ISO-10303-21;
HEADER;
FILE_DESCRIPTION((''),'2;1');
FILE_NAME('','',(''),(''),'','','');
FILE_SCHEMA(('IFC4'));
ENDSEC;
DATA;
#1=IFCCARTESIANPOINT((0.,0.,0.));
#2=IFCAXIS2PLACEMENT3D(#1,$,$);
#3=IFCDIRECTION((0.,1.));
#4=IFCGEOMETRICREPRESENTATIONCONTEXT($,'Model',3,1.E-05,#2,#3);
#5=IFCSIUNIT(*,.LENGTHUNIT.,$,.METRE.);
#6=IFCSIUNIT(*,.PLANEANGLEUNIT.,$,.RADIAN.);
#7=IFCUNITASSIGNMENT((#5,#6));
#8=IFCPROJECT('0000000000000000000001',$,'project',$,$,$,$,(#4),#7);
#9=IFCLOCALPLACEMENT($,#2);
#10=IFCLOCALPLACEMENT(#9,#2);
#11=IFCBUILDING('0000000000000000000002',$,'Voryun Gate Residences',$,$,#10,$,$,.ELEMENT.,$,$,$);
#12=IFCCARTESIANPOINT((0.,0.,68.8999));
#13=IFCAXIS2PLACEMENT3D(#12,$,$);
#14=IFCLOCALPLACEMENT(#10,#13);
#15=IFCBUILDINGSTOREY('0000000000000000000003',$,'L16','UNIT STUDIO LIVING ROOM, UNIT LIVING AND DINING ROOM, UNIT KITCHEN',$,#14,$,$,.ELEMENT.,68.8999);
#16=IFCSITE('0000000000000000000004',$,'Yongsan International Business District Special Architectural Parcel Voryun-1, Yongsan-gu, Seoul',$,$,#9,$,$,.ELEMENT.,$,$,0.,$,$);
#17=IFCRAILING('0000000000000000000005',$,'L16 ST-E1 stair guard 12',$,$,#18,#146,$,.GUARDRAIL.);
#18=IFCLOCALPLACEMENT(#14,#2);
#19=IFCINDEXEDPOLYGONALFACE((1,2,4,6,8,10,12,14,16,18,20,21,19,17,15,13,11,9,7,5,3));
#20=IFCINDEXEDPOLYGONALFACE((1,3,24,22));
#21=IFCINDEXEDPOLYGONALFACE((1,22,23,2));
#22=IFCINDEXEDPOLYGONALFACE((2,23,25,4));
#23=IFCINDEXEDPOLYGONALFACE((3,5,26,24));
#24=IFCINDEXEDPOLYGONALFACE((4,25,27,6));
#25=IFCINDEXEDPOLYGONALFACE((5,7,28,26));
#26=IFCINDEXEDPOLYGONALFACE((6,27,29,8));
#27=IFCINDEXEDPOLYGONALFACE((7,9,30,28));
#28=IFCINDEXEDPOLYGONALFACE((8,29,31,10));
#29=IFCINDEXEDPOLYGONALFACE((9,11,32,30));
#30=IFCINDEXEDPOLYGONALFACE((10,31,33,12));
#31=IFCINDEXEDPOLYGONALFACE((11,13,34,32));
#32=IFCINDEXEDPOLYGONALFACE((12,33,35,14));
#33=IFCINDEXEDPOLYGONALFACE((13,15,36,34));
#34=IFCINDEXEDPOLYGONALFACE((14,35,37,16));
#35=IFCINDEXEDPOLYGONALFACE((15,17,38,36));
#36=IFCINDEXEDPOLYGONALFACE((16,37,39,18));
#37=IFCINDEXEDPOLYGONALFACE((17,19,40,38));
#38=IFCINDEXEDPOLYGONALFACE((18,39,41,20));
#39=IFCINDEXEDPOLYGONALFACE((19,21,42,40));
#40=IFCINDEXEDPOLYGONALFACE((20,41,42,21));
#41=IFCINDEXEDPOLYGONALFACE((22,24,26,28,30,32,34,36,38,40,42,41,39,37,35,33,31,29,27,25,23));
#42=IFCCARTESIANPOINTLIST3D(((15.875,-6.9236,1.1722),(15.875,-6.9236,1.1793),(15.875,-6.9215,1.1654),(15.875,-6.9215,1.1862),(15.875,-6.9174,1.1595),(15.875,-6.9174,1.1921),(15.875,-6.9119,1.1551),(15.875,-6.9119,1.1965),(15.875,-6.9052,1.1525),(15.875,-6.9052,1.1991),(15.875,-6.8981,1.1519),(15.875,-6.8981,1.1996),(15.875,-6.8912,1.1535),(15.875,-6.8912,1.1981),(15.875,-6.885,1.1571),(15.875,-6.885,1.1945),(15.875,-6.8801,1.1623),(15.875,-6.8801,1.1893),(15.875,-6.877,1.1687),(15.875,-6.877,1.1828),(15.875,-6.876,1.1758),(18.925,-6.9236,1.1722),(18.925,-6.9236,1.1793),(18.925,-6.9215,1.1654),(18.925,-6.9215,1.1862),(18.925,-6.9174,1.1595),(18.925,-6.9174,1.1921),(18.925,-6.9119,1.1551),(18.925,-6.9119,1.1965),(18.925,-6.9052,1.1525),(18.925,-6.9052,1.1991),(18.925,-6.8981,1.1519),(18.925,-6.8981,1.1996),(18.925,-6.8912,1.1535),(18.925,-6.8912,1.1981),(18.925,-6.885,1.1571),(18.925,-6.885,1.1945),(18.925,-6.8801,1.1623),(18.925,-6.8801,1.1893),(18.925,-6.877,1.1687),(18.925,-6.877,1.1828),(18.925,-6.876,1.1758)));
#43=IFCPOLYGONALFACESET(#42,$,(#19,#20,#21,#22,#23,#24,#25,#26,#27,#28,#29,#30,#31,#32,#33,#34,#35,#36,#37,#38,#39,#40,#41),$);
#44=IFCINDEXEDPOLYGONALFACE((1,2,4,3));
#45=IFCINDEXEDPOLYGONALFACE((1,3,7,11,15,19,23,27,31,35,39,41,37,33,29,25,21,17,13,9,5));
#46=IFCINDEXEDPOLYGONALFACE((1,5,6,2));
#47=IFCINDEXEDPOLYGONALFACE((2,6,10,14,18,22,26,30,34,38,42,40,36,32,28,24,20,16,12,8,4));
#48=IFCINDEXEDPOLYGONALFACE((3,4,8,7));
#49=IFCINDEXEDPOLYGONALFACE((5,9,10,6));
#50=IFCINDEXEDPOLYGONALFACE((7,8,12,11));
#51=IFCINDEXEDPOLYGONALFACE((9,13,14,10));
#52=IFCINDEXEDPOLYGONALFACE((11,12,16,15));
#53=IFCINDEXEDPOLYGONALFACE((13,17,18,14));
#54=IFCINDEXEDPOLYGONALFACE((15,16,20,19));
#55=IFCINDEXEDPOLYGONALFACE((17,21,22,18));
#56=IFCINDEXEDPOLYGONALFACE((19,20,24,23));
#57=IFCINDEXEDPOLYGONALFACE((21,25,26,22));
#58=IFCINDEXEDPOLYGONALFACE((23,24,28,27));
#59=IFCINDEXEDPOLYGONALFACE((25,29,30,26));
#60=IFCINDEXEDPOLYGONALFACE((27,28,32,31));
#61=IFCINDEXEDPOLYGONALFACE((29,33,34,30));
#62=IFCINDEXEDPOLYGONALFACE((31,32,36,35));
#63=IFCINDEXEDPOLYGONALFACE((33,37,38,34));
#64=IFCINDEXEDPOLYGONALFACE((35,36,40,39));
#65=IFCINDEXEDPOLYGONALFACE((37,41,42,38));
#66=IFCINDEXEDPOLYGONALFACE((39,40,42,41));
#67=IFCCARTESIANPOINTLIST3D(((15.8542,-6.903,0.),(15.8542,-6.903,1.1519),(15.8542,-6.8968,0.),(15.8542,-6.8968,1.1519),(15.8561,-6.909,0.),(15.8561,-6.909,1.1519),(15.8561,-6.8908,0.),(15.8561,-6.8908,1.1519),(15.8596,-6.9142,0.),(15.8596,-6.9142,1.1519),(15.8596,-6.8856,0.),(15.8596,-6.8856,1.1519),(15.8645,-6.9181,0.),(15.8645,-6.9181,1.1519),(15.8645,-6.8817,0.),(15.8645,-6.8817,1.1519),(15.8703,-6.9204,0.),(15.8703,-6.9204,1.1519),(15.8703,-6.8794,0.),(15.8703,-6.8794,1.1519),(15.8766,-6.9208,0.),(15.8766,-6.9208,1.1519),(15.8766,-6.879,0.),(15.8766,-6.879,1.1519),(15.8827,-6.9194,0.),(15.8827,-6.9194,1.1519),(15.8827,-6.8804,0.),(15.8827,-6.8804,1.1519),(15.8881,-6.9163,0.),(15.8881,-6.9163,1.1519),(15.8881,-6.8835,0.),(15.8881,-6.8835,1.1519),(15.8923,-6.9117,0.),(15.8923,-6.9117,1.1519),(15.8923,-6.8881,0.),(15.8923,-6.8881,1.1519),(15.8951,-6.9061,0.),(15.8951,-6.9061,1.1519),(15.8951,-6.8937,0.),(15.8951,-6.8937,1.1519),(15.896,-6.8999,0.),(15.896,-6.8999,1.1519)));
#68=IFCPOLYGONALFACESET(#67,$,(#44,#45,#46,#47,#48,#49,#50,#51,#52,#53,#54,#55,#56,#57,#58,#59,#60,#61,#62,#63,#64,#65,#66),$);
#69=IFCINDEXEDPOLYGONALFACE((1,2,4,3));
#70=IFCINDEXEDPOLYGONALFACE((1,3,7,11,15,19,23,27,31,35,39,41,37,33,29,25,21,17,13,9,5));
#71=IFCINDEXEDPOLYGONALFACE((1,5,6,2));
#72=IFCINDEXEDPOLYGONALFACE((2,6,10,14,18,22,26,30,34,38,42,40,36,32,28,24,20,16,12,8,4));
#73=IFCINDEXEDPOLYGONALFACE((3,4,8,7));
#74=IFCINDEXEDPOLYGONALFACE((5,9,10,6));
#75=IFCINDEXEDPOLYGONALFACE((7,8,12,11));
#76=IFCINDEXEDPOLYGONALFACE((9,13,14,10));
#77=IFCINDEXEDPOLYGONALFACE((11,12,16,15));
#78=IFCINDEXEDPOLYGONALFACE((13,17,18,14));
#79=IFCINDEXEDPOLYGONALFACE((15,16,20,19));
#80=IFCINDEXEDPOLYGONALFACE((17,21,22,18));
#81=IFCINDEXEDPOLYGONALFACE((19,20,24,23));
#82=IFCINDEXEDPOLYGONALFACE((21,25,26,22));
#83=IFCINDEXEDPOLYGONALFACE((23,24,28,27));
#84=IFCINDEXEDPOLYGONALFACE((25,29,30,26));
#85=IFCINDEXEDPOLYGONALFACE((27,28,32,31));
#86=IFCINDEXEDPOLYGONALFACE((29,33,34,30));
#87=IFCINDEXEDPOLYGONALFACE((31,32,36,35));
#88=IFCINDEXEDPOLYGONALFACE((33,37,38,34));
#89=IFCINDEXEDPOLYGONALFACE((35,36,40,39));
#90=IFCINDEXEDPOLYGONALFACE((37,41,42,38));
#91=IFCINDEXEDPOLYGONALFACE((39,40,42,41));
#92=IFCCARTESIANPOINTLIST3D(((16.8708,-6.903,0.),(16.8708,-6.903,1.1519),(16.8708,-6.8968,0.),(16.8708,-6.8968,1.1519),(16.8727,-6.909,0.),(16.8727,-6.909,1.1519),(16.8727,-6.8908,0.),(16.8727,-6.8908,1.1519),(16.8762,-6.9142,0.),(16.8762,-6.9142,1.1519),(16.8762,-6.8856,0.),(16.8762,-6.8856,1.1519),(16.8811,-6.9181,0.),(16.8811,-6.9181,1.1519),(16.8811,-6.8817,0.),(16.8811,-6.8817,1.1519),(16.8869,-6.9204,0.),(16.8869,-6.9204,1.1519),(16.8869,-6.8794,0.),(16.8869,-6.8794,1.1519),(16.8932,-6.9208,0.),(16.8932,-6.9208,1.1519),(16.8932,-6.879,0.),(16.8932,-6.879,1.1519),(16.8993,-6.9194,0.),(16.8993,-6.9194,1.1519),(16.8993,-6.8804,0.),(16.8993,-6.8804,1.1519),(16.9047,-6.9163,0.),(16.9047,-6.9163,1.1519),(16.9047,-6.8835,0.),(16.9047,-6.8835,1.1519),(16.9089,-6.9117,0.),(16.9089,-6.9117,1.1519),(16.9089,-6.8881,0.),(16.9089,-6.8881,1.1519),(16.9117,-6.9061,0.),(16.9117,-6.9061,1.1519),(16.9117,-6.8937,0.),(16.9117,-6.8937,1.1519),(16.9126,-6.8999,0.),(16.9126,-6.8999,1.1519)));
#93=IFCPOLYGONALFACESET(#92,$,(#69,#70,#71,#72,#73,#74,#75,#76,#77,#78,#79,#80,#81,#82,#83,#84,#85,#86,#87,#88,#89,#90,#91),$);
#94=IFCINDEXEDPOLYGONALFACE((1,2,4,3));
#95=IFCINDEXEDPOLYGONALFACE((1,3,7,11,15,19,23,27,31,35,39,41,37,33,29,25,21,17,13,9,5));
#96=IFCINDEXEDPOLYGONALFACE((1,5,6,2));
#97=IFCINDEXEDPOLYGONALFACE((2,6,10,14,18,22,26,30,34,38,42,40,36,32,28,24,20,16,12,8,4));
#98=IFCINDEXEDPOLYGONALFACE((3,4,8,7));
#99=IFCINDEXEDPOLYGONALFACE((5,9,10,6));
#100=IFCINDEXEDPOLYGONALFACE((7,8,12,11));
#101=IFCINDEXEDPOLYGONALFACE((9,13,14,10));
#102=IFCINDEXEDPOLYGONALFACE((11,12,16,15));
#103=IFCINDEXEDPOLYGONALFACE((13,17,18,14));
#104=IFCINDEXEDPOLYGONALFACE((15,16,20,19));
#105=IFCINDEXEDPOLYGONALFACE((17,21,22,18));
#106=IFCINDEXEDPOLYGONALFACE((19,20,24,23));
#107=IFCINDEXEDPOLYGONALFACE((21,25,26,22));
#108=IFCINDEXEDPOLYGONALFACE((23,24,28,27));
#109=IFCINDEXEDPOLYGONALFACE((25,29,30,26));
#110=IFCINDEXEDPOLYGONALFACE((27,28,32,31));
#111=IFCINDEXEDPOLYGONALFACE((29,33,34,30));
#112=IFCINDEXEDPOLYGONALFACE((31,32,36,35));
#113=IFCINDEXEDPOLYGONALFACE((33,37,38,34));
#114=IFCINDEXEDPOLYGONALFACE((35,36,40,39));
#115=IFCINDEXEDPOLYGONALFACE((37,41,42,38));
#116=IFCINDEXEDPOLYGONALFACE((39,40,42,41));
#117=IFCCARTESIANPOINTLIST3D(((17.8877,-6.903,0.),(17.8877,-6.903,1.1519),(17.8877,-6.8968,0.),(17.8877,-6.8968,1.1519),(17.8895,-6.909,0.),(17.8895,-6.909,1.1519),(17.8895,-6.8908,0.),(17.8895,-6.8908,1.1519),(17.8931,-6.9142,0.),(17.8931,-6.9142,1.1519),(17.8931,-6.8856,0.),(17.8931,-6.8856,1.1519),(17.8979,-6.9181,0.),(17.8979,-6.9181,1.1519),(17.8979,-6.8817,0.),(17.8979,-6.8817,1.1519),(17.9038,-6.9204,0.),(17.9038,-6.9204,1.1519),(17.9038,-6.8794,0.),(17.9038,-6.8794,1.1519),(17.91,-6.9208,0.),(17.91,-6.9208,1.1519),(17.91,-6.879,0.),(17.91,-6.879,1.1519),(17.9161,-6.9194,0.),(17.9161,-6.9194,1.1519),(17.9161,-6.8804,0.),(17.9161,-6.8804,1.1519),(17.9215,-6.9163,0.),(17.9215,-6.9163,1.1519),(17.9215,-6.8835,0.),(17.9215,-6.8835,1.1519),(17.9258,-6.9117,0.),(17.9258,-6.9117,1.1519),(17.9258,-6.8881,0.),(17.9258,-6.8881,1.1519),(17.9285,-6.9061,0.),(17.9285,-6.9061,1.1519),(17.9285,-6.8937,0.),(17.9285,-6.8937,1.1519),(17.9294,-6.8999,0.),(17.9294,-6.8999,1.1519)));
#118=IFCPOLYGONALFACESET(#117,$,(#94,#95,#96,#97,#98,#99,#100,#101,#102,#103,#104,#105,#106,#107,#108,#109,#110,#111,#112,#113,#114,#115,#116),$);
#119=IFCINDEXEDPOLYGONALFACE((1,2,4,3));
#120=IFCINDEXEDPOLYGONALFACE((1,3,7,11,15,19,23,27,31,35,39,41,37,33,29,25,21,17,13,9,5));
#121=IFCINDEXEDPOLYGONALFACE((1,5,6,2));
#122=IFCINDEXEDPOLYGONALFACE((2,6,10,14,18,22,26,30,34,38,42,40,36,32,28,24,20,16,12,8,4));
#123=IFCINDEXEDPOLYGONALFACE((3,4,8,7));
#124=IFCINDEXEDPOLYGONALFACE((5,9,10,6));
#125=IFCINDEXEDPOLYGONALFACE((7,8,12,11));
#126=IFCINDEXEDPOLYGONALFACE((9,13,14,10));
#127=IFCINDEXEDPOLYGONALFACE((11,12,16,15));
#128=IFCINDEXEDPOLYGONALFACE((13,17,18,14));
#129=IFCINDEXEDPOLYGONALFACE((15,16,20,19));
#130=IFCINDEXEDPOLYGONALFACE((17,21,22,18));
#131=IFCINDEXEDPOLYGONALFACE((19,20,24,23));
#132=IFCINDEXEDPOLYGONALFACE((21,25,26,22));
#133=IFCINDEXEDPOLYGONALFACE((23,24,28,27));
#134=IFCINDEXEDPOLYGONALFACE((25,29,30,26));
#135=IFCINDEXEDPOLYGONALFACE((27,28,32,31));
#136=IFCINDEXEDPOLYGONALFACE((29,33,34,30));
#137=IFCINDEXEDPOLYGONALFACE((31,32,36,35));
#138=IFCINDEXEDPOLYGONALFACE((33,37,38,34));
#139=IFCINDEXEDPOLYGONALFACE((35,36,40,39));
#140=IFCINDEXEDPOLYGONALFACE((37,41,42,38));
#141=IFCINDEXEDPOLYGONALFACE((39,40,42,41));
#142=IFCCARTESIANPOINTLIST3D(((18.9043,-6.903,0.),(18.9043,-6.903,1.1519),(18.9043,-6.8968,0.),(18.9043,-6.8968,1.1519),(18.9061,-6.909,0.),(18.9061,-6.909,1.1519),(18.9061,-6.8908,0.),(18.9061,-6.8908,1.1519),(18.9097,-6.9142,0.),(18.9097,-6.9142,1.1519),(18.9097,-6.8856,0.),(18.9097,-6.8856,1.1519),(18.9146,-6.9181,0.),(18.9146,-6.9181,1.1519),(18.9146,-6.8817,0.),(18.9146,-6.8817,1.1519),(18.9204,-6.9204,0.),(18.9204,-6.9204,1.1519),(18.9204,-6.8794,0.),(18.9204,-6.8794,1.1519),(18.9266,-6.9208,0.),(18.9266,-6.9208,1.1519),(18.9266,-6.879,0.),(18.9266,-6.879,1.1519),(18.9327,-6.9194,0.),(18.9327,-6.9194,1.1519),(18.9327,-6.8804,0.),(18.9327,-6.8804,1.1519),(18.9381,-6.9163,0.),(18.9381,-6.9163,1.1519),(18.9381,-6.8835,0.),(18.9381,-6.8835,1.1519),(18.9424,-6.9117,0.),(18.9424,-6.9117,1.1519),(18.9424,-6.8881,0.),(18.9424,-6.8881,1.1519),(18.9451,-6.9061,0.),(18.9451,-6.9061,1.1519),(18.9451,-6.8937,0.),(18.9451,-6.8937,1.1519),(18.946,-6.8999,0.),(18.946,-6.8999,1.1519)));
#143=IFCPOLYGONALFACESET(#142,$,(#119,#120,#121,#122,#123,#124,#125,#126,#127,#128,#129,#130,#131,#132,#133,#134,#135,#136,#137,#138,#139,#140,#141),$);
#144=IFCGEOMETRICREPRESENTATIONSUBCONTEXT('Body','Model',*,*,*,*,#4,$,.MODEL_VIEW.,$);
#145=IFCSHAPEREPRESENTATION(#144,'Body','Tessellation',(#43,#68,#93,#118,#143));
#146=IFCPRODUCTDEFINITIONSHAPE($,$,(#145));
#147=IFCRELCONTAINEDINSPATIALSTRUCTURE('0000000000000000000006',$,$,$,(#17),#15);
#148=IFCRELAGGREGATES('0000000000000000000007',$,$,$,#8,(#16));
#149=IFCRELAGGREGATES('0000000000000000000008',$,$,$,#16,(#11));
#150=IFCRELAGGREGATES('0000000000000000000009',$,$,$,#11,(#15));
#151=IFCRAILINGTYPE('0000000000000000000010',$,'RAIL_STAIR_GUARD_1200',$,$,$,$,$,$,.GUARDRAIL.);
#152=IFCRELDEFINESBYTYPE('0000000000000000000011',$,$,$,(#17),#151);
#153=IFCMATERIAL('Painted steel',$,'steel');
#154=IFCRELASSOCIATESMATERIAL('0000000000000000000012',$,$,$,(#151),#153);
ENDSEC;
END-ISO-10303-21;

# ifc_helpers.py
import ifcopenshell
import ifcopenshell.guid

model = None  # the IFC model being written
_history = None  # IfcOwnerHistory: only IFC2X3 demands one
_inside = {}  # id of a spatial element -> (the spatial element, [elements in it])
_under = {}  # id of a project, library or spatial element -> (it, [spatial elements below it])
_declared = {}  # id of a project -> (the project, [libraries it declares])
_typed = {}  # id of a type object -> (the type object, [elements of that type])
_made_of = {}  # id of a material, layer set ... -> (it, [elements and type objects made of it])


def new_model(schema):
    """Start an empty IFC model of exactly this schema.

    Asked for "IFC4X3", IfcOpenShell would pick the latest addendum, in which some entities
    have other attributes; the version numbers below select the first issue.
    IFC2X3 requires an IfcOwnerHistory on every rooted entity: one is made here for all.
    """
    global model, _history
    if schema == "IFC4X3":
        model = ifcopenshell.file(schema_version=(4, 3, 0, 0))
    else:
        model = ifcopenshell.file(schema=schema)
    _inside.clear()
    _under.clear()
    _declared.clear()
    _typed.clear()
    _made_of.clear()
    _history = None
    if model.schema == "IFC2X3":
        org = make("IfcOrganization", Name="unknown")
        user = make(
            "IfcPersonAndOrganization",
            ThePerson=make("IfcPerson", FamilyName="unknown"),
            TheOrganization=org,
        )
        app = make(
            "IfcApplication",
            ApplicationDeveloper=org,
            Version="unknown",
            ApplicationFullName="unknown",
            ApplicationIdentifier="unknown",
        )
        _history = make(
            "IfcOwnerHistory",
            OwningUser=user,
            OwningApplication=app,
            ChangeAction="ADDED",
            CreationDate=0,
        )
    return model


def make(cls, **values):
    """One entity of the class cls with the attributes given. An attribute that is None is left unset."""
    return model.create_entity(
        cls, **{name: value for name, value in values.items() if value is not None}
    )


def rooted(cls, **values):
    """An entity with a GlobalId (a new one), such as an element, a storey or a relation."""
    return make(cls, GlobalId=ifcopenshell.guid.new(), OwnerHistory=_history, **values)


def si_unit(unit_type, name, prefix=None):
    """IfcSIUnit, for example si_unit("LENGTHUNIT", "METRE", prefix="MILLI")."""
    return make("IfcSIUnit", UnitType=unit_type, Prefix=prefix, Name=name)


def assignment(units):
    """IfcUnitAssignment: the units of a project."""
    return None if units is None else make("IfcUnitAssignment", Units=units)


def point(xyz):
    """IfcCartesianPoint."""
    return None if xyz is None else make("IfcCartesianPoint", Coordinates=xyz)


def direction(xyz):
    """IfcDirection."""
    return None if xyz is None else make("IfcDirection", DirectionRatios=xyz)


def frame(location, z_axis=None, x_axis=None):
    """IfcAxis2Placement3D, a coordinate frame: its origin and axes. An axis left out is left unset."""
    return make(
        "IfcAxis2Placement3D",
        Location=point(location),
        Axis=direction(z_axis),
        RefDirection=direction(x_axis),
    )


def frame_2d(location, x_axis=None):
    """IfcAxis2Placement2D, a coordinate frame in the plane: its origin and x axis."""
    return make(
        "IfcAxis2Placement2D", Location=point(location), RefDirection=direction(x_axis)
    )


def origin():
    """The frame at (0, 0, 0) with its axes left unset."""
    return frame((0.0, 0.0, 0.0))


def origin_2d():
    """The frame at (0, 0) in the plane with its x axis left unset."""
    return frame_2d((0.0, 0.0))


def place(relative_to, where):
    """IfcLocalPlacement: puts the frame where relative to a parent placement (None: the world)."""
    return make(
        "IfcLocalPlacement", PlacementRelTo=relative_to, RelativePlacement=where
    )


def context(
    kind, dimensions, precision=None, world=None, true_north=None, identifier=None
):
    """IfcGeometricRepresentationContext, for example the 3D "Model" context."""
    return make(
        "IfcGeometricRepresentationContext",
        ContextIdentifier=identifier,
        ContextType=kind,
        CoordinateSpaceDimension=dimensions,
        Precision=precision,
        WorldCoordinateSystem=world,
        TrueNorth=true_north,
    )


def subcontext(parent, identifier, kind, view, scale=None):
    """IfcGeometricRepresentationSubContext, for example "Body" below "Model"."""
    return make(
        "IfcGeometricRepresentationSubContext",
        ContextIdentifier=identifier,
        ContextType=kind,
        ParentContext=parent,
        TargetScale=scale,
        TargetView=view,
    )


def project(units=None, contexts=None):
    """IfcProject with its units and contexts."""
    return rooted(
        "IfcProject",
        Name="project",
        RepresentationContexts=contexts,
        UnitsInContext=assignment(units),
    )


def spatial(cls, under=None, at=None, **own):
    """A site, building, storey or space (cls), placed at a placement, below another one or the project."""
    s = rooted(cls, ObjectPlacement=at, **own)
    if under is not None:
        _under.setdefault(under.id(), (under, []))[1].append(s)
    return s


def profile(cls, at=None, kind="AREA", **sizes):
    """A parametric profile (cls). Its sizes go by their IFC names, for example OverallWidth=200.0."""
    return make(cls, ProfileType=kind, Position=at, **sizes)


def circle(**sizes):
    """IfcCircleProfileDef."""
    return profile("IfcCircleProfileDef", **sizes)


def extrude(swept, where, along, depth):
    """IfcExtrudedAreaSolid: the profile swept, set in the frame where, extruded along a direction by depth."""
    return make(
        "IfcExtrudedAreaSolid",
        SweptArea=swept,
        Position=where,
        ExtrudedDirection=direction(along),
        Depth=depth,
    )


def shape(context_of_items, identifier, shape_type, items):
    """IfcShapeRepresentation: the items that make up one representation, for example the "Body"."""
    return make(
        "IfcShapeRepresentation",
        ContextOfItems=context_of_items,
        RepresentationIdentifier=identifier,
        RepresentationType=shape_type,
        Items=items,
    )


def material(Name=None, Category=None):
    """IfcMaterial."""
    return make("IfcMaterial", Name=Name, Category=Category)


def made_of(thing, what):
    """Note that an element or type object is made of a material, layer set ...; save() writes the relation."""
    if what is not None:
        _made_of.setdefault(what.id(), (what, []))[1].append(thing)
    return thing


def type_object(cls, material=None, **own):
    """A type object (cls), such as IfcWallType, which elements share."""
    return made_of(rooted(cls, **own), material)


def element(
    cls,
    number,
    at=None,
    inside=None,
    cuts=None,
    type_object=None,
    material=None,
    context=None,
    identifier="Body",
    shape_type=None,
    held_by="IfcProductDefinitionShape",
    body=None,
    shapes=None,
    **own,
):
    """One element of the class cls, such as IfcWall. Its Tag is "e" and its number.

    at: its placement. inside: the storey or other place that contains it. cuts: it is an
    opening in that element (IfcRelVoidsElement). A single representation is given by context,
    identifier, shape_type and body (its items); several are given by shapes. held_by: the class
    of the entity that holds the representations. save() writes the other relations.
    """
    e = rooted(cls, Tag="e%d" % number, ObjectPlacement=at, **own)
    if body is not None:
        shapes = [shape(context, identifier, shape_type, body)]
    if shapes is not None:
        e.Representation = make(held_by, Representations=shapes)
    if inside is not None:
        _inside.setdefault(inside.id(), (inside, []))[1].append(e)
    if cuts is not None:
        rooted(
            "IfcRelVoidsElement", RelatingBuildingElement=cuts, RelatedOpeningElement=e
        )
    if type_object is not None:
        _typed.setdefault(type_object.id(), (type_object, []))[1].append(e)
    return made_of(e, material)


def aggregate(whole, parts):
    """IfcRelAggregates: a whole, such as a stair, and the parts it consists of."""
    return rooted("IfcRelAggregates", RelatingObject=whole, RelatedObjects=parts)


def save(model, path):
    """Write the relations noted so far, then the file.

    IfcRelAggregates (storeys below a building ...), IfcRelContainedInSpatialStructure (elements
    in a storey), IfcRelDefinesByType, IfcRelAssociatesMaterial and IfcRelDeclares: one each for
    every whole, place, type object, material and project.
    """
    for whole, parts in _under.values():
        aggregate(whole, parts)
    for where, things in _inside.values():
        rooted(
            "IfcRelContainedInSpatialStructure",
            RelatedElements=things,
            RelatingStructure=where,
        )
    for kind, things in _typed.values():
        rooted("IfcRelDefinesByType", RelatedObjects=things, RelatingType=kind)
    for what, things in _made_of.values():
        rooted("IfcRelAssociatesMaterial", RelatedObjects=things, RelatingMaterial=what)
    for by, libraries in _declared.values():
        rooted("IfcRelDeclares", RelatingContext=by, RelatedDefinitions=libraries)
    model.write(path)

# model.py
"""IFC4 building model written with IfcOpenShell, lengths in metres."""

from ifc_helpers import new_model, si_unit, direction, frame, origin, origin_2d, place, context, subcontext, project, spatial, circle, extrude, material, type_object, element, save


model = new_model("IFC4")

# Units and contexts
model_context = context("Model", 3, precision=1e-05, world=origin(), true_north=direction((0.0, 1.0)))
body_context = subcontext(model_context, "Body", "Model", "MODEL_VIEW")
ifc_project = project(units=[si_unit("LENGTHUNIT", "METRE"), si_unit("PLANEANGLEUNIT", "RADIAN")], contexts=[model_context])

# Site, building, storey
site_placement = place(None, origin())
site = spatial("IfcSite", under=ifc_project, at=site_placement, Name="Yongsan International Business District Special Architectural Parcel Voryun-1, Yongsan-gu, Seoul", CompositionType="ELEMENT", RefElevation=0.0)
building_placement = place(site_placement, origin())
building = spatial("IfcBuilding", under=site, at=building_placement, Name="Voryun Gate Residences", CompositionType="ELEMENT")
storey_placement = place(building_placement, frame((0.0, 0.0, 68.8999)))
storey = spatial("IfcBuildingStorey", under=building, at=storey_placement, Name="L16", Description="UNIT STUDIO LIVING ROOM, UNIT LIVING AND DINING ROOM, UNIT KITCHEN", CompositionType="ELEMENT", Elevation=68.8999)

# Railing
ifc_material_1 = material(Name="Painted steel", Category="steel")
railing_type_1 = type_object("IfcRailingType", Name="RAIL_STAIR_GUARD_1200", PredefinedType="GUARDRAIL", material=ifc_material_1)
railing_1_placement = place(storey_placement, frame((15.875, -6.8999, 0.0)))
element("IfcRailing", 1, at=railing_1_placement, inside=storey, type_object=railing_type_1, Name="L16 ST-E1 stair guard 12", PredefinedType="GUARDRAIL", context=body_context, shape_type="SweptSolid", body=[
    extrude(circle(Radius=0.0239, at=origin_2d()), frame((0.0, 0.0, 1.1758), z_axis=(1.0, 0.0, 0.0), x_axis=(0.0, 1.0, 0.0)), (0.0, 0.0, 1.0), 3.05),
    extrude(circle(Radius=0.021, at=origin_2d()), origin(), (0.0, 0.0, 1.0), 1.1519),
    extrude(circle(Radius=0.021, at=origin_2d()), frame((1.0166, 0.0, 0.0)), (0.0, 0.0, 1.0), 1.1519),
    extrude(circle(Radius=0.021, at=origin_2d()), frame((2.0334, 0.0, 0.0)), (0.0, 0.0, 1.0), 1.1519),
    extrude(circle(Radius=0.021, at=origin_2d()), frame((3.05, 0.0, 0.0)), (0.0, 0.0, 1.0), 1.1519),
])

save(model, "model.ifc")
